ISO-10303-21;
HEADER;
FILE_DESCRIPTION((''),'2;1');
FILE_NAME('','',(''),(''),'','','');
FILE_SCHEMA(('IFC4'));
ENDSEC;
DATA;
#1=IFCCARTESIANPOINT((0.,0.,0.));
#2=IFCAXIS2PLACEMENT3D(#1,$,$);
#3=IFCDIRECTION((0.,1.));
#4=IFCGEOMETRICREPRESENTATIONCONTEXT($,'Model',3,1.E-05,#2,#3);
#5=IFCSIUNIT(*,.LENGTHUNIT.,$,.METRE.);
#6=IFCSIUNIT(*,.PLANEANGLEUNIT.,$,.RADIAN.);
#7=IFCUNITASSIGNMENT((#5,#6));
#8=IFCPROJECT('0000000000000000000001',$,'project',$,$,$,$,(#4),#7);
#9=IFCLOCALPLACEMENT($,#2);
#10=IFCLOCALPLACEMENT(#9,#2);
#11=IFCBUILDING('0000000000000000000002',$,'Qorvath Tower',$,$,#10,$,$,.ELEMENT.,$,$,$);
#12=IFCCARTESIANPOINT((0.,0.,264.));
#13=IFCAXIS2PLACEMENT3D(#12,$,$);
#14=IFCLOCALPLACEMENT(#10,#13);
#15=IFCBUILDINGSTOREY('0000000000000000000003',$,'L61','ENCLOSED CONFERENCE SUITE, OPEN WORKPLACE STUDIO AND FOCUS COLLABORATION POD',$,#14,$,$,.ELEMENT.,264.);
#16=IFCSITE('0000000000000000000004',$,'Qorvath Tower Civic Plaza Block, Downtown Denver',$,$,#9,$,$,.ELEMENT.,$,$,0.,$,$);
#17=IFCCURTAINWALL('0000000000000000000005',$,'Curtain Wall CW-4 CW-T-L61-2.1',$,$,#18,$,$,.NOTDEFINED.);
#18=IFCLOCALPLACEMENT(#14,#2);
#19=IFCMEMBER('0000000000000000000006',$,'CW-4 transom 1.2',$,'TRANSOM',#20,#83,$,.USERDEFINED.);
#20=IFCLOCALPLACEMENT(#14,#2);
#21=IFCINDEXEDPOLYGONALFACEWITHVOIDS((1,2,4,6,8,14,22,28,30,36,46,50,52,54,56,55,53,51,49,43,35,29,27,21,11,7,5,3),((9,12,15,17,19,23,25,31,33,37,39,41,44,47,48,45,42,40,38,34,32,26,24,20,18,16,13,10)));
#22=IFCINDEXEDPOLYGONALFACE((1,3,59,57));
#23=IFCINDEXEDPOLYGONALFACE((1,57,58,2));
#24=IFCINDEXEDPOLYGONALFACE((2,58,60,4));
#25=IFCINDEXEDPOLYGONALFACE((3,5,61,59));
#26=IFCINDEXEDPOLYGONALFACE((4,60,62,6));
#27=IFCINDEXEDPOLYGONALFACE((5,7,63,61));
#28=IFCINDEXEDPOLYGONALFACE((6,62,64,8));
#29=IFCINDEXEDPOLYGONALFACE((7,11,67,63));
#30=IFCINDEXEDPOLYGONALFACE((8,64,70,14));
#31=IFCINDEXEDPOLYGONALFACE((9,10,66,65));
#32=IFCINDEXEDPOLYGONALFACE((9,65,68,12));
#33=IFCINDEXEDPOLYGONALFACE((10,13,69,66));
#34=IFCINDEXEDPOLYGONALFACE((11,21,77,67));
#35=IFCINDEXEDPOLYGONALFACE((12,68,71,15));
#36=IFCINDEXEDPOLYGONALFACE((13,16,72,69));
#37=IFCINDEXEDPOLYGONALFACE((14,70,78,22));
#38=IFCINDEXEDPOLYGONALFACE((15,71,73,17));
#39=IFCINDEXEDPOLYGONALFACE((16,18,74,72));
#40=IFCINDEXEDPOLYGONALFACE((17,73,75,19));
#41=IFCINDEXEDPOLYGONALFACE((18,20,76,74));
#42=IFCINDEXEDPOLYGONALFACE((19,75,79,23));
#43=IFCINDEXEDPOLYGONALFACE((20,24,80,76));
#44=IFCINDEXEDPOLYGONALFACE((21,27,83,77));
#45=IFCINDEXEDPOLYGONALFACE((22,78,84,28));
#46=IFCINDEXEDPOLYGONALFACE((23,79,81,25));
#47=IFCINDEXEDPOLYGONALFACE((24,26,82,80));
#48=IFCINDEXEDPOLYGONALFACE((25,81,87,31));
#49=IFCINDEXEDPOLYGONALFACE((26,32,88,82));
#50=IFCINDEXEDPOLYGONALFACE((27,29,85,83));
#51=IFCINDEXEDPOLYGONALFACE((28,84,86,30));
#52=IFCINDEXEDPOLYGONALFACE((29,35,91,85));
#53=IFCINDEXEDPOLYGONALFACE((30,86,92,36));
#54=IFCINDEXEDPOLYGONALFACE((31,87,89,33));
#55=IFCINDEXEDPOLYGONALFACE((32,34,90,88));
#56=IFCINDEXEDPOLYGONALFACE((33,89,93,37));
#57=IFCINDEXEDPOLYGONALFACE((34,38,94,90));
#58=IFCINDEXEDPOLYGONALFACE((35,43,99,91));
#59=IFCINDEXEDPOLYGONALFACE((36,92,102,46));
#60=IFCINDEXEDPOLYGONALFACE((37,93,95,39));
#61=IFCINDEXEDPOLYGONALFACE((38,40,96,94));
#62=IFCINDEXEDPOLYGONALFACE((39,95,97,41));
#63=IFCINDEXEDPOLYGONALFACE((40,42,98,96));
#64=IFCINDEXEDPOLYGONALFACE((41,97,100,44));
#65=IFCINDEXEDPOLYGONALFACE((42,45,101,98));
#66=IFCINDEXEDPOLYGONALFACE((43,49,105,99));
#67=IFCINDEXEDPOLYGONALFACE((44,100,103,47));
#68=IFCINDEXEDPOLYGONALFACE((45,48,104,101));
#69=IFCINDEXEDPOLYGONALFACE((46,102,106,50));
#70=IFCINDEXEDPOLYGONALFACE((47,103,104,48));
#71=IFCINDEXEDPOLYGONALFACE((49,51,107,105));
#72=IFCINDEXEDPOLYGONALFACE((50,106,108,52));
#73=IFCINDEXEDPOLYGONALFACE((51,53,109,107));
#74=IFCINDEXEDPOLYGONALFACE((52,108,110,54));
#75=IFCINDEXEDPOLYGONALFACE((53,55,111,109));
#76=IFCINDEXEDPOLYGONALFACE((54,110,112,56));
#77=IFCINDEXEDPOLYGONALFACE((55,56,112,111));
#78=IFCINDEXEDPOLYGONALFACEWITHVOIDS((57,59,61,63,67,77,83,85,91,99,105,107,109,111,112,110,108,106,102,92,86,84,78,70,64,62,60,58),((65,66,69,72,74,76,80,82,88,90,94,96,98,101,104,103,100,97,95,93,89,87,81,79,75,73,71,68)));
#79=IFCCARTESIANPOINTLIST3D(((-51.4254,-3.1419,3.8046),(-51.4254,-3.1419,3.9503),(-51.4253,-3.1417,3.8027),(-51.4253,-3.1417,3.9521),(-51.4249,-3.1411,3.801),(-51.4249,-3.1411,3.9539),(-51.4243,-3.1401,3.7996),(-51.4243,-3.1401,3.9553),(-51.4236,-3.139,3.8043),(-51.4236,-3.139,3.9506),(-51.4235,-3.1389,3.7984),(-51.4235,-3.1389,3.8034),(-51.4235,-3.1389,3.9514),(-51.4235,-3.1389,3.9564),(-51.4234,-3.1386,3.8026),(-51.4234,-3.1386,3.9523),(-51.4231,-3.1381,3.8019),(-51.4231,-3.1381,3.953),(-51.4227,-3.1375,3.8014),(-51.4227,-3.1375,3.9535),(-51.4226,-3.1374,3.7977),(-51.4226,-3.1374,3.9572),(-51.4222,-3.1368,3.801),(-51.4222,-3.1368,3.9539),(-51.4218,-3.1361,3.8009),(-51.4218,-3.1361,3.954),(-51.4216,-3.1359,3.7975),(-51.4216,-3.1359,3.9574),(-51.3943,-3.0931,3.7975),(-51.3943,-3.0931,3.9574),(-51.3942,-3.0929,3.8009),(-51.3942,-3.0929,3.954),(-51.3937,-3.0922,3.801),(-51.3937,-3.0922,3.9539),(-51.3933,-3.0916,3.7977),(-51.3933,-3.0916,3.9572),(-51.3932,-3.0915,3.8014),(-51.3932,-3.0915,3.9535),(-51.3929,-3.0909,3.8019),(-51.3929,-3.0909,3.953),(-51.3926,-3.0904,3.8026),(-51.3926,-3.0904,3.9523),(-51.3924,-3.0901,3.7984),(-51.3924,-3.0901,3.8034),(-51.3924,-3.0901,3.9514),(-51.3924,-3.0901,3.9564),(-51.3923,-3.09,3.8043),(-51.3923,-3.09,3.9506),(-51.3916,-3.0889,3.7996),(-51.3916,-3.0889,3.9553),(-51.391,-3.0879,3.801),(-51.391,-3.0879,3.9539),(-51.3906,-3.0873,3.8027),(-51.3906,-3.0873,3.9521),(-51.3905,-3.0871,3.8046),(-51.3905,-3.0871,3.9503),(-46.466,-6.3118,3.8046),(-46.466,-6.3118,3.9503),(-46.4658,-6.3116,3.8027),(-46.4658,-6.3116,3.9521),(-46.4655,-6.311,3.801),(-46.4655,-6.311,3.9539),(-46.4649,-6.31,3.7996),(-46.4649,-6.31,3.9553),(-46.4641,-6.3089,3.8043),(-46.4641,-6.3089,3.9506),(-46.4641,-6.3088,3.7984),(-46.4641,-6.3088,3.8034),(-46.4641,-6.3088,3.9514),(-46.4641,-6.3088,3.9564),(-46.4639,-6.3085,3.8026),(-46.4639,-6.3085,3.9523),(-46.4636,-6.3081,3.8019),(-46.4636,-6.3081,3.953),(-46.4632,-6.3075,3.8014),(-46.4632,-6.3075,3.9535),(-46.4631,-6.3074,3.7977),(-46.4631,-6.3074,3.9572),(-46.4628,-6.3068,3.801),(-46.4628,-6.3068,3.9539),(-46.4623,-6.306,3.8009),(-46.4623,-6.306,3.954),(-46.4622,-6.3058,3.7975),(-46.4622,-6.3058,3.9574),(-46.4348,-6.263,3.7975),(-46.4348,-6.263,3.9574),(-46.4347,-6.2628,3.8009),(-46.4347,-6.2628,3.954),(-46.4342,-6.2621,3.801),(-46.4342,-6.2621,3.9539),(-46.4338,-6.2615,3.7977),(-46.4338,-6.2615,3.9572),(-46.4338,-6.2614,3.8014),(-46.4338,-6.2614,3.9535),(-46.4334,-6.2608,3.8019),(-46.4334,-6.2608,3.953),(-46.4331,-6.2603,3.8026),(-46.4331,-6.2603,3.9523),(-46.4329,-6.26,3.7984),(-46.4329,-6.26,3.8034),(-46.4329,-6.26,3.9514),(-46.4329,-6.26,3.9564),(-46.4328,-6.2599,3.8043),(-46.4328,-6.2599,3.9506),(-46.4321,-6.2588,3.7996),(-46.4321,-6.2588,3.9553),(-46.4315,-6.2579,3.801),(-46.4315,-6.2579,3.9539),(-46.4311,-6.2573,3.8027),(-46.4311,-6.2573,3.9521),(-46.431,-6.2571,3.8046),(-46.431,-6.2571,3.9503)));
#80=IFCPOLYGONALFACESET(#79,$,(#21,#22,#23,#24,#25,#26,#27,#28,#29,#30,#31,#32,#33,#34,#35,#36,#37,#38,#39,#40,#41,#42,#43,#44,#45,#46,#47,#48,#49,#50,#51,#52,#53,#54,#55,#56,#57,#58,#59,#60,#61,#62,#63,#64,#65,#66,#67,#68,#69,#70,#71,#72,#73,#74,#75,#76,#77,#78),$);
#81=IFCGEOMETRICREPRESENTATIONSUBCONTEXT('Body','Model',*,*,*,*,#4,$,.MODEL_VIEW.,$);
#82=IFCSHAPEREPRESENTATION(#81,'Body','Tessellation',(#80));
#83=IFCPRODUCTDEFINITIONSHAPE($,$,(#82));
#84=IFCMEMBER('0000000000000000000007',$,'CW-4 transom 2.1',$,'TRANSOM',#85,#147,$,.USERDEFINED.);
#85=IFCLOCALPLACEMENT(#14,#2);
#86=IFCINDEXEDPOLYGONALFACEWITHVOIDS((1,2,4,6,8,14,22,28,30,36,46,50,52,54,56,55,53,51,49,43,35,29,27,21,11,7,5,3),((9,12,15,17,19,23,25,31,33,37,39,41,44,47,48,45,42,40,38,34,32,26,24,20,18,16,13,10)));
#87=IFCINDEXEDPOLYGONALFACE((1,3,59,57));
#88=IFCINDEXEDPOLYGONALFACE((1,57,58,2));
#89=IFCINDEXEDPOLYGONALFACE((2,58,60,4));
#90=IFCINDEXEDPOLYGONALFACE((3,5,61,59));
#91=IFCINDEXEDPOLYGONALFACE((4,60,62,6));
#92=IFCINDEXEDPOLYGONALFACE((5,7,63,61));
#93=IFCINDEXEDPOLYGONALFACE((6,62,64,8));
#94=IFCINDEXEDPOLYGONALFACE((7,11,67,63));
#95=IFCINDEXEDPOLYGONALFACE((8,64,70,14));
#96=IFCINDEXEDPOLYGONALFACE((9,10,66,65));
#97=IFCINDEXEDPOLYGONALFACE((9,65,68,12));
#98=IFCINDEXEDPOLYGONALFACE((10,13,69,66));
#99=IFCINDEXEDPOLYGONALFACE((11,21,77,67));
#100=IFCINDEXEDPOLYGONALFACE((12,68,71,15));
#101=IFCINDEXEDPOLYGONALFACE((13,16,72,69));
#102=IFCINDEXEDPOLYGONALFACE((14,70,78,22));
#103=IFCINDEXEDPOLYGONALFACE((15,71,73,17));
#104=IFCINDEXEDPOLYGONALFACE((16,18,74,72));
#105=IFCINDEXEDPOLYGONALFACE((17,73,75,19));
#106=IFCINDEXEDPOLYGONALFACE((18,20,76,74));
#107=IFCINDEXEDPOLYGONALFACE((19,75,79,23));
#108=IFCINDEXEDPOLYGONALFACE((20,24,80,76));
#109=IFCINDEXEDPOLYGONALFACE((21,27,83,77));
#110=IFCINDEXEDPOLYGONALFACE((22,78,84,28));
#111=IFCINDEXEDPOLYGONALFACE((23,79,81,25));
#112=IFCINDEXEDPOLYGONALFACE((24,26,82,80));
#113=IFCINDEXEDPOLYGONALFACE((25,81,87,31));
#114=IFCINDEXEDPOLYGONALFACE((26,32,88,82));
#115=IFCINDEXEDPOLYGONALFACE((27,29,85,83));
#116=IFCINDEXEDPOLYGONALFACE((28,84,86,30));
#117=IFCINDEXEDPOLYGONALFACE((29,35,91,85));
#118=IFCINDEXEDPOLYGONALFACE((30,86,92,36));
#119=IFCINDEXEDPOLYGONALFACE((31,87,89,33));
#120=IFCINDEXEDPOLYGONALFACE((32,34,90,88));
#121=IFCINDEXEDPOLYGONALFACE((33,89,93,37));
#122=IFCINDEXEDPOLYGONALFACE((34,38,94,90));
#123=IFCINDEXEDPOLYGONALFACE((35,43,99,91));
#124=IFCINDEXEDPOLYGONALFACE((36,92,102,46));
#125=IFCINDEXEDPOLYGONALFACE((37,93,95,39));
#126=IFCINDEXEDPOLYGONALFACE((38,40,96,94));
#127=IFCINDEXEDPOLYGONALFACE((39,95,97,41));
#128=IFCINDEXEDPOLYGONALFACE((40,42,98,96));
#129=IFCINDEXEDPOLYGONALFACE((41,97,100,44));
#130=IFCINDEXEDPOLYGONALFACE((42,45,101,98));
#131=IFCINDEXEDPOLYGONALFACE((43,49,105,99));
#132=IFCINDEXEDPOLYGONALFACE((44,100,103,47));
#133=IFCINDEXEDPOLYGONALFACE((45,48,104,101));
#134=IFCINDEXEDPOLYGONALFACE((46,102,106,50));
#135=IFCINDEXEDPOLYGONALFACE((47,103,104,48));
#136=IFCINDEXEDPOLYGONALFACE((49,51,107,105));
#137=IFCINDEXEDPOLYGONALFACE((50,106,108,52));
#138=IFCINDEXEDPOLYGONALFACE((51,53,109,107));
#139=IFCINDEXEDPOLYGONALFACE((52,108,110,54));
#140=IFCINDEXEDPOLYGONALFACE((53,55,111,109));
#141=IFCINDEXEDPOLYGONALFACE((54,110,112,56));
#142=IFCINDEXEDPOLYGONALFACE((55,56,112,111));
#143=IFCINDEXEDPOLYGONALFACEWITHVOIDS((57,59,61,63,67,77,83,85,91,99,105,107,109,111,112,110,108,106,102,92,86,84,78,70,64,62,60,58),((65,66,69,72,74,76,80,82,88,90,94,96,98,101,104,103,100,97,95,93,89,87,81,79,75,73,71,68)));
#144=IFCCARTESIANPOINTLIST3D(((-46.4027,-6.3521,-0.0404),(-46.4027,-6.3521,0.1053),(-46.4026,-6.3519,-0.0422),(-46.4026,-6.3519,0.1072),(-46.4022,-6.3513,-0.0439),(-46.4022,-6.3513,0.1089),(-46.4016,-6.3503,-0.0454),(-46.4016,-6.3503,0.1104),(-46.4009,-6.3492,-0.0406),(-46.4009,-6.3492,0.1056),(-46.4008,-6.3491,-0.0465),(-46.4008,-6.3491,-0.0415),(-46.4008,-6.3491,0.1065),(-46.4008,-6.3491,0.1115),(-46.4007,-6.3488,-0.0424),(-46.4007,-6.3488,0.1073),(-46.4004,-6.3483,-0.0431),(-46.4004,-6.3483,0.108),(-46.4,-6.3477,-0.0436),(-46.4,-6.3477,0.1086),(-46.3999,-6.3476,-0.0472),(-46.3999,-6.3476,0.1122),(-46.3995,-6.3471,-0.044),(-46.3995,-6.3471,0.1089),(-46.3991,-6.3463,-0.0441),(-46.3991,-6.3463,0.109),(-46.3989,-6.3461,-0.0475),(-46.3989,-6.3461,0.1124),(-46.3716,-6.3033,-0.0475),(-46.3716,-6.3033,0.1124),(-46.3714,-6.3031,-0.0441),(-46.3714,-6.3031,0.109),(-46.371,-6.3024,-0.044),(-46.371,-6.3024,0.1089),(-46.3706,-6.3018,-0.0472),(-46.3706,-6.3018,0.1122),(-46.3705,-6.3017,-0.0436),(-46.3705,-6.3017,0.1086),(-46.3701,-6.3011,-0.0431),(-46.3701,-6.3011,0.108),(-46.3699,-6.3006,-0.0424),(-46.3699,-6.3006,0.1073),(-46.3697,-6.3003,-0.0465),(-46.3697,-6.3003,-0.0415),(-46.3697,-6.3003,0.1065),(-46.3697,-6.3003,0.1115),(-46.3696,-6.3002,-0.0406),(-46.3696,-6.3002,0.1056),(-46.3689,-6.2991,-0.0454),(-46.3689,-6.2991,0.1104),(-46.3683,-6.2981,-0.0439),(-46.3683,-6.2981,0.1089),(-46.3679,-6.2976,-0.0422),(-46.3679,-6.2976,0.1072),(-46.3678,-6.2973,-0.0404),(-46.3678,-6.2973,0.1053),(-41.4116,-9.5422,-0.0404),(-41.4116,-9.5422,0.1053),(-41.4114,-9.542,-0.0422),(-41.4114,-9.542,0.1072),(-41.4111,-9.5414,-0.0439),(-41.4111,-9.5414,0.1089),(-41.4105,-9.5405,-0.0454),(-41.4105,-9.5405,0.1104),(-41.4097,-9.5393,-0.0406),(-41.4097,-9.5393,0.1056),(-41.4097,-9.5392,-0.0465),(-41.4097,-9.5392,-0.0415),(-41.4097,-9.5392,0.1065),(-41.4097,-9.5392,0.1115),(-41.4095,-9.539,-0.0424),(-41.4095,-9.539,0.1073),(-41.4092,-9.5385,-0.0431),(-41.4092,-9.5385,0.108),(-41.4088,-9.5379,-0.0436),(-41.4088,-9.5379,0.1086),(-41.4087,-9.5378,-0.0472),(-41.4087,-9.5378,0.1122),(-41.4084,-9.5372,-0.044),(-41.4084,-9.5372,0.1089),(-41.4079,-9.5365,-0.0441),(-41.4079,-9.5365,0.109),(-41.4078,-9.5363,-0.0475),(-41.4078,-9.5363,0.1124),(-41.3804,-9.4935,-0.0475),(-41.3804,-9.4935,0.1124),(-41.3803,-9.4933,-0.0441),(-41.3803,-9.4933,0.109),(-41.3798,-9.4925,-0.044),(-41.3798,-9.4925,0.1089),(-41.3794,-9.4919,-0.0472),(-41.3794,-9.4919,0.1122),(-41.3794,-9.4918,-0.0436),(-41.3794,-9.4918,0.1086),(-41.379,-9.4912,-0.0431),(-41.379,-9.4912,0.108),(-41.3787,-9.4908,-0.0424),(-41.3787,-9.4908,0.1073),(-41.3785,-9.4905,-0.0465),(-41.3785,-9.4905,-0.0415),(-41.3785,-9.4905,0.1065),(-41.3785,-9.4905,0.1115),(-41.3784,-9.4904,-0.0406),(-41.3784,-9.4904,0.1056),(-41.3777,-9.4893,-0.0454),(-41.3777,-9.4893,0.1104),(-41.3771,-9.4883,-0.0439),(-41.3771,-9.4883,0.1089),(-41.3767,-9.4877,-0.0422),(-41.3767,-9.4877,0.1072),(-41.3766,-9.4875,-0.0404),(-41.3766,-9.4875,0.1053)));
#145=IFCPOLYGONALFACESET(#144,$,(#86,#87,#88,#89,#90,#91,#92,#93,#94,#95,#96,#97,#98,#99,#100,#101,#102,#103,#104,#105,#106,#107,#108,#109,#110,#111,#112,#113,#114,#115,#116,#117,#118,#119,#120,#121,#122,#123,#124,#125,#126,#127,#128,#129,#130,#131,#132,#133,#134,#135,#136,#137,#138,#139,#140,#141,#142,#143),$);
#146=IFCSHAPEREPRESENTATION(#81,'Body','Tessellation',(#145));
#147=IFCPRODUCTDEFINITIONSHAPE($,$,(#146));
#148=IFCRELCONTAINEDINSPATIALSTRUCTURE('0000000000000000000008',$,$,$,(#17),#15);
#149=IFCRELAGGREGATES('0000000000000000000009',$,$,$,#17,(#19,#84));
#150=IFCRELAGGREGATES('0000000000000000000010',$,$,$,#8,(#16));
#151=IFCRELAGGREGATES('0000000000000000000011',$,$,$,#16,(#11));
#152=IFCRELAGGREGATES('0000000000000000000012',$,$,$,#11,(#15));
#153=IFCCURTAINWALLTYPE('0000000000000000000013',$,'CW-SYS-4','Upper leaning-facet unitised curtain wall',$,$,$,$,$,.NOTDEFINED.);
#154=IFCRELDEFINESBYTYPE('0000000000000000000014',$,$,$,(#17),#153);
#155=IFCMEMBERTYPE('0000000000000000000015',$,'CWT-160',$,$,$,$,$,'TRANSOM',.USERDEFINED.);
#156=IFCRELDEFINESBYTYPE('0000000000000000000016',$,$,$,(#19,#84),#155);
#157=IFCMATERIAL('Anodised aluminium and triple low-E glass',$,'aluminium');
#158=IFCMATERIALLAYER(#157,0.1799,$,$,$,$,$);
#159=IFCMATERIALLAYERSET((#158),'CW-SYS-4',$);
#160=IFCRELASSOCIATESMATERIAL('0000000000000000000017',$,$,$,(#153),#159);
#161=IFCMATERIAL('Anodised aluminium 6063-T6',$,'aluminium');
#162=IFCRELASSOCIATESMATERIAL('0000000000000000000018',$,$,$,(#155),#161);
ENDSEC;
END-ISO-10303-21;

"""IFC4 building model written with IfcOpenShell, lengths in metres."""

from ifc_helpers import new_model, si_unit, direction, frame, origin, origin_2d, place, context, subcontext, project, spatial, hollow_rectangle, extrude, material, layer, layer_set, material_profile, profile_set, type_object, element, aggregate, save


model = new_model("IFC4")

# Units and contexts
model_context = context("Model", 3, precision=1e-05, world=origin(), true_north=direction((0.0, 1.0)))
body_context = subcontext(model_context, "Body", "Model", "MODEL_VIEW")
ifc_project = project(units=[si_unit("LENGTHUNIT", "METRE"), si_unit("PLANEANGLEUNIT", "RADIAN")], contexts=[model_context])

# Site, building, storey
site_placement = place(None, origin())
site = spatial("IfcSite", under=ifc_project, at=site_placement, Name="Qorvath Tower Civic Plaza Block, Downtown Denver", CompositionType="ELEMENT", RefElevation=0.0)
building_placement = place(site_placement, origin())
building = spatial("IfcBuilding", under=site, at=building_placement, Name="Qorvath Tower", CompositionType="ELEMENT")
storey_placement = place(building_placement, frame((0.0, 0.0, 264.0)))
storey = spatial("IfcBuildingStorey", under=building, at=storey_placement, Name="L61", Description="ENCLOSED CONFERENCE SUITE, OPEN WORKPLACE STUDIO AND FOCUS COLLABORATION POD", CompositionType="ELEMENT", Elevation=264.0)

# Curtain wall, members
ifc_material_1 = material(Name="Anodised aluminium and triple low-E glass", Category="aluminium")
ifc_layer_1 = layer(ifc_material_1, 0.1799)
ifc_layer_set_1 = layer_set([ifc_layer_1], Name="CW-SYS-4")
curtain_wall_type = type_object("IfcCurtainWallType", Name="CW-SYS-4", Description="Upper leaning-facet unitised curtain wall", PredefinedType="NOTDEFINED", material=ifc_layer_set_1)
curtain_wall_placement = place(storey_placement, origin())
curtain_wall = element("IfcCurtainWall", 1, at=curtain_wall_placement, inside=storey, type_object=curtain_wall_type, Name="Curtain Wall CW-4 CW-T-L61-2.1", PredefinedType="NOTDEFINED")
ifc_material_2 = material(Name="Anodised aluminium 6063-T6", Category="aluminium")
ifc_material_profile_1 = material_profile(ifc_material_2, hollow_rectangle(XDim=0.0649, YDim=0.1599, WallThickness=0.0034, InnerFilletRadius=0.0034, OuterFilletRadius=0.0071, at=origin_2d()), Name="CWT 160x65")
ifc_profile_set_1 = profile_set([ifc_material_profile_1], Name="Anodised aluminium 6063-T6")
member_type_1 = type_object("IfcMemberType", Name="CWT-160", ElementType="TRANSOM", PredefinedType="USERDEFINED", material=ifc_profile_set_1)
member_1_placement = place(storey_placement, frame((-51.408, -3.1145, 3.8774), z_axis=(0.842591, -0.538555, 0.0), x_axis=(0.538555, 0.842591, 0.0)))
member_1 = element("IfcMember", 2, at=member_1_placement, type_object=member_type_1, Name="CW-4 transom 1.2", ObjectType="TRANSOM", PredefinedType="USERDEFINED", context=body_context, shape_type="SweptSolid", body=[
    extrude(hollow_rectangle(XDim=0.0649, YDim=0.1599, WallThickness=0.0034, InnerFilletRadius=0.0034, OuterFilletRadius=0.0071, at=origin_2d()), origin(), (0.0, 0.0, 1.0), 5.886),
])
member_2_placement = place(storey_placement, frame((-46.3853, -6.3247, 0.0325), z_axis=(0.842592, -0.538552, 0.0), x_axis=(0.538552, 0.842592, 0.0)))
member_2 = element("IfcMember", 3, at=member_2_placement, type_object=member_type_1, Name="CW-4 transom 2.1", ObjectType="TRANSOM", PredefinedType="USERDEFINED", context=body_context, shape_type="SweptSolid", body=[
    extrude(hollow_rectangle(XDim=0.0649, YDim=0.1599, WallThickness=0.0034, InnerFilletRadius=0.0034, OuterFilletRadius=0.0071, at=origin_2d()), origin(), (0.0, 0.0, 1.0), 5.9236),
])
aggregate(curtain_wall, [member_1, member_2])

save(model, "model.ifc")
